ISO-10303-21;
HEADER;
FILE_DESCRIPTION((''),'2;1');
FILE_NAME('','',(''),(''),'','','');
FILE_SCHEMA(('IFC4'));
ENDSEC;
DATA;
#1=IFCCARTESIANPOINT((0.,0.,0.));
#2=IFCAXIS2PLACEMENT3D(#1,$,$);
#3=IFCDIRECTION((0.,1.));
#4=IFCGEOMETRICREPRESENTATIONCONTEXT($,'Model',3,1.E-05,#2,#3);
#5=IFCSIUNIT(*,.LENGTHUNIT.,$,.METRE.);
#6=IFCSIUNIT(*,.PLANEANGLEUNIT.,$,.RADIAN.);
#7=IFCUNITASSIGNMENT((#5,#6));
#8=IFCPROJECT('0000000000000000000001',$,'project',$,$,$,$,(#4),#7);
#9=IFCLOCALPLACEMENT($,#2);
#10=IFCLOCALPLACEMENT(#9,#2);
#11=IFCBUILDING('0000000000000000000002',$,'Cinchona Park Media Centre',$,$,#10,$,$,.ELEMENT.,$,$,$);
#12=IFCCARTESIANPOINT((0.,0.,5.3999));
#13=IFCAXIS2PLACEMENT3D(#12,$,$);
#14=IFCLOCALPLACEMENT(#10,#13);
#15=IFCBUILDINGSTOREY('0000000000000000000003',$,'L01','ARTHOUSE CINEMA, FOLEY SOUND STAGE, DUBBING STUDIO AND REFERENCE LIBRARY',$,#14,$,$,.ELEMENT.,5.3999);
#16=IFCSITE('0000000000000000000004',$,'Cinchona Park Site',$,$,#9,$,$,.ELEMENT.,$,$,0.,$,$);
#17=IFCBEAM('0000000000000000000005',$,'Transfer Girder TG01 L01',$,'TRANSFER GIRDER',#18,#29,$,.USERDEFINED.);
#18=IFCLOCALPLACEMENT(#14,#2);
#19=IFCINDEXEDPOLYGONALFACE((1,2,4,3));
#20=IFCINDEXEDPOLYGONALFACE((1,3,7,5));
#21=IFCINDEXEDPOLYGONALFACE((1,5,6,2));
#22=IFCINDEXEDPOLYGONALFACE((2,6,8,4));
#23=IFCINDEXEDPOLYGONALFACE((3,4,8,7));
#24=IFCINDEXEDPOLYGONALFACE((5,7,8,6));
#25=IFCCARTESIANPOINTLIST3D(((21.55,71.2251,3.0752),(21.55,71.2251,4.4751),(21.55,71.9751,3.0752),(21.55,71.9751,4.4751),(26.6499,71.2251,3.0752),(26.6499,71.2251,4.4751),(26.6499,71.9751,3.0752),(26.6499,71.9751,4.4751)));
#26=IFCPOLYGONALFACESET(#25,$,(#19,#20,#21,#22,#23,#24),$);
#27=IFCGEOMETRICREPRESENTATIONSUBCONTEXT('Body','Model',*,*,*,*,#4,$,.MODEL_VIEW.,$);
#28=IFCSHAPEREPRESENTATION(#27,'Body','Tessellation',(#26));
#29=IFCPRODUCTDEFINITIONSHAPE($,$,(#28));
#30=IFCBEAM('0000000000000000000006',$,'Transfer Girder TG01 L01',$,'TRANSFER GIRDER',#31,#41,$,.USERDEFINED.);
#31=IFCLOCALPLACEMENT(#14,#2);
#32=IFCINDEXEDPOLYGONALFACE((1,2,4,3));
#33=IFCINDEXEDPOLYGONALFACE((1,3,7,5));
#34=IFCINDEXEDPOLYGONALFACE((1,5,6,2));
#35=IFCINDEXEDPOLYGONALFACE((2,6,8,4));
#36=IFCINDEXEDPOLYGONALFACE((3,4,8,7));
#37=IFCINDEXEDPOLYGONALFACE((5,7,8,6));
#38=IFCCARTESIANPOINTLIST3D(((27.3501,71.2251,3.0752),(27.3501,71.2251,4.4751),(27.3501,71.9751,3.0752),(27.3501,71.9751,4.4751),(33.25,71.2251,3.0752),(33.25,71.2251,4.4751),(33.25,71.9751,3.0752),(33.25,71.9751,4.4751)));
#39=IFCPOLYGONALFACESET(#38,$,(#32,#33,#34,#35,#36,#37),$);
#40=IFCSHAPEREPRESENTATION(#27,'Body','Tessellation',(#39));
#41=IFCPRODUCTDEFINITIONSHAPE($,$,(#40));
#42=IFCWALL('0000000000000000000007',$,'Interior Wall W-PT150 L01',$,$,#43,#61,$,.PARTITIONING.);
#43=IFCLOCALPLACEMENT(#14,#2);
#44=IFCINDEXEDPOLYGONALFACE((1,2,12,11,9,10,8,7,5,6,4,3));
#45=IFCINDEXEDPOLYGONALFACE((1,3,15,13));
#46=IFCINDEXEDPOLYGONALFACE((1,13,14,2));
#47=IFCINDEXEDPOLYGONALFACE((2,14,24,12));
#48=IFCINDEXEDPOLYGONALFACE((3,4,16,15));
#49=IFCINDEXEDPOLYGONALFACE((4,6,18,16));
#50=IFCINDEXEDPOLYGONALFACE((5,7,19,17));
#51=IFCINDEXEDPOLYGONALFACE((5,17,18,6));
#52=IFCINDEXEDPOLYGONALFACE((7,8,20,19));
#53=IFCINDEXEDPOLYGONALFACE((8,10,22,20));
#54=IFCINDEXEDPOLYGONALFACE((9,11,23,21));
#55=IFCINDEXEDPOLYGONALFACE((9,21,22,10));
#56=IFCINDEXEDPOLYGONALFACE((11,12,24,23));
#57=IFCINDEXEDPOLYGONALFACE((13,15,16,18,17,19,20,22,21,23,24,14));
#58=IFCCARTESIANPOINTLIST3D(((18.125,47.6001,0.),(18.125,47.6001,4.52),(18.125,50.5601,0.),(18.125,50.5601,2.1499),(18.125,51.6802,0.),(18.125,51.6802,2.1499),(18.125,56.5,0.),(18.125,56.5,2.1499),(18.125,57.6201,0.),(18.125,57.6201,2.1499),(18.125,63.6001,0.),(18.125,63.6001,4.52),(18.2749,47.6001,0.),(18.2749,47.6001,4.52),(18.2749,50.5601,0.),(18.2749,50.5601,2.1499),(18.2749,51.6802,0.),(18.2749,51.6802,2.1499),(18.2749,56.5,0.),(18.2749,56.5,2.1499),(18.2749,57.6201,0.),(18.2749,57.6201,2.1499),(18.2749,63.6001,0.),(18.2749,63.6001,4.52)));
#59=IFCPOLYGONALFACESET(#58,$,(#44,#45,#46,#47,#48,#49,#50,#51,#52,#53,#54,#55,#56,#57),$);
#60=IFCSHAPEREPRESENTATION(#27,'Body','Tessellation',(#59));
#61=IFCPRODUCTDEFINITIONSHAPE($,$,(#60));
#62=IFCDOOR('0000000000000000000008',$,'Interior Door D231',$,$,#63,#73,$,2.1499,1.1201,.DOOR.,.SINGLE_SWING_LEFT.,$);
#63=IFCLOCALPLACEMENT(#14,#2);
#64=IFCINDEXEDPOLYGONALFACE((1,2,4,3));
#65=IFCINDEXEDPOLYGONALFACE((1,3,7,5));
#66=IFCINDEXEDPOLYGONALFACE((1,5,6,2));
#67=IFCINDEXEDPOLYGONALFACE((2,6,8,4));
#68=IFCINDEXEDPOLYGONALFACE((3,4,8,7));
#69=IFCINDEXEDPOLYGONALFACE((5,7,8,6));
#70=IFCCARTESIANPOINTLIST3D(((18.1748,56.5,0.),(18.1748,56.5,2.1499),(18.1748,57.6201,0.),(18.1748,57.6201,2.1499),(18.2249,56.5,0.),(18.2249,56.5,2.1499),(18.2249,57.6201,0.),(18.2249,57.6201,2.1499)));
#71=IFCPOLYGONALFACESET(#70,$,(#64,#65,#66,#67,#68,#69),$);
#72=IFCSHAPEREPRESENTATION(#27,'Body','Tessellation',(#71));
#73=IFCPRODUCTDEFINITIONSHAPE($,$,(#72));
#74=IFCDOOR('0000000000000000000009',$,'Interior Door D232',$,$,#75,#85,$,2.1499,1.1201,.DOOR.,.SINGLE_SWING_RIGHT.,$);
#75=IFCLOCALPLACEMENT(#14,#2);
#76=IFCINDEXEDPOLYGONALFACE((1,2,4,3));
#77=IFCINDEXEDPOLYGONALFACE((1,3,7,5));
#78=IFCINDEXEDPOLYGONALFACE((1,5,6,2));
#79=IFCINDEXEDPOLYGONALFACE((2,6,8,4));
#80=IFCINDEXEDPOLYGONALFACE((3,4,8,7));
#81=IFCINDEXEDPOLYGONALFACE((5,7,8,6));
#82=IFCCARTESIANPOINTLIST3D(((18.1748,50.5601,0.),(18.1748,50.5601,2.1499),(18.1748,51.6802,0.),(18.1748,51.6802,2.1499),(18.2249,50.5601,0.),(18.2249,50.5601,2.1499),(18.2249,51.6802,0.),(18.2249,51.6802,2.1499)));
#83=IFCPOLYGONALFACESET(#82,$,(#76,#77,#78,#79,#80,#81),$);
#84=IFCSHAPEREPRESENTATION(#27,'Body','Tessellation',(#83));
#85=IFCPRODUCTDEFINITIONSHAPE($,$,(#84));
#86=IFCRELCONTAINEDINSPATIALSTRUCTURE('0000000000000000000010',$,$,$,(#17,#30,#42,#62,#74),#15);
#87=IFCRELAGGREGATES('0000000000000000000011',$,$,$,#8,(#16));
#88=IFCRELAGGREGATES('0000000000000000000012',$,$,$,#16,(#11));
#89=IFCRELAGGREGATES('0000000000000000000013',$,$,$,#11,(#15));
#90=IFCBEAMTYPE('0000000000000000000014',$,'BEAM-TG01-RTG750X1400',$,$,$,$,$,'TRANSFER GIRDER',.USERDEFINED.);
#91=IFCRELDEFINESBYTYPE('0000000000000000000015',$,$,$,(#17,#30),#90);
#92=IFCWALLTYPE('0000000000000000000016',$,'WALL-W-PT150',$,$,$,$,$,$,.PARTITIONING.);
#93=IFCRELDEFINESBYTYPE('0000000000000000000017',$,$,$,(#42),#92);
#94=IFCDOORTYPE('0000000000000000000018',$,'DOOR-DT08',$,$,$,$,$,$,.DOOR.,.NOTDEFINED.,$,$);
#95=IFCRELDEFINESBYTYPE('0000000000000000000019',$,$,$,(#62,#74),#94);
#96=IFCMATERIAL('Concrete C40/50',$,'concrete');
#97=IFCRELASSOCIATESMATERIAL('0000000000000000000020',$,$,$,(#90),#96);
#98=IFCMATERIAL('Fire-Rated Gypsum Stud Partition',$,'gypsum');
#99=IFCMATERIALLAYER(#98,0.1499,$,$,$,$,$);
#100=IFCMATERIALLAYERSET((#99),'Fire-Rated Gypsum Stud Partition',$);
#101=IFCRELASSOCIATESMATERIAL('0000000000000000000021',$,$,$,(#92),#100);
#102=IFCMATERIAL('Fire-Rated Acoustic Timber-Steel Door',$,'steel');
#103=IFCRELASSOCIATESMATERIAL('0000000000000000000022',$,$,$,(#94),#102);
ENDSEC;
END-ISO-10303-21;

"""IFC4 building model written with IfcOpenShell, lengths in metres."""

from ifc_helpers import new_model, si_unit, direction, frame, frame_2d, origin, origin_2d, place, context, subcontext, project, spatial, rectangle, extrude, material, layer, layer_set, material_profile, profile_set, type_object, element, fill, save


model = new_model("IFC4")

# Units and contexts
model_context = context("Model", 3, precision=1e-05, world=origin(), true_north=direction((0.0, 1.0)))
body_context = subcontext(model_context, "Body", "Model", "MODEL_VIEW")
ifc_project = project(units=[si_unit("LENGTHUNIT", "METRE"), si_unit("PLANEANGLEUNIT", "RADIAN")], contexts=[model_context])

# Site, building, storey
site_placement = place(None, origin())
site = spatial("IfcSite", under=ifc_project, at=site_placement, Name="Cinchona Park Site", CompositionType="ELEMENT", RefElevation=0.0)
building_placement = place(site_placement, origin())
building = spatial("IfcBuilding", under=site, at=building_placement, Name="Cinchona Park Media Centre", CompositionType="ELEMENT")
storey_placement = place(building_placement, frame((0.0, 0.0, 5.3999)))
storey = spatial("IfcBuildingStorey", under=building, at=storey_placement, Name="L01", Description="ARTHOUSE CINEMA, FOLEY SOUND STAGE, DUBBING STUDIO AND REFERENCE LIBRARY", CompositionType="ELEMENT", Elevation=5.3999)

# Beams
ifc_material_1 = material(Name="Concrete C40/50", Category="concrete")
ifc_material_profile_1 = material_profile(ifc_material_1, rectangle(XDim=0.75, YDim=1.3999, at=origin_2d()), Name="RTG 750X1400")
ifc_profile_set_1 = profile_set([ifc_material_profile_1], Name="Concrete C40/50")
beam_type_1 = type_object("IfcBeamType", Name="BEAM-TG01-RTG750X1400", ElementType="TRANSFER GIRDER", PredefinedType="USERDEFINED", material=ifc_profile_set_1)
beam_1_placement = place(storey_placement, frame((21.55, 71.6001, 3.7751), z_axis=(1.0, 0.0, 0.0), x_axis=(0.0, 1.0, 0.0)))
element("IfcBeam", 1, at=beam_1_placement, inside=storey, type_object=beam_type_1, Name="Transfer Girder TG01 L01", ObjectType="TRANSFER GIRDER", PredefinedType="USERDEFINED", context=body_context, shape_type="SweptSolid", body=[
    extrude(rectangle(XDim=0.75, YDim=1.3999, at=origin_2d()), origin(), (0.0, 0.0, 1.0), 5.0999),
])
beam_2_placement = place(storey_placement, frame((27.3501, 71.6001, 3.7751), z_axis=(1.0, 0.0, 0.0), x_axis=(0.0, 1.0, 0.0)))
element("IfcBeam", 2, at=beam_2_placement, inside=storey, type_object=beam_type_1, Name="Transfer Girder TG01 L01", ObjectType="TRANSFER GIRDER", PredefinedType="USERDEFINED", context=body_context, shape_type="SweptSolid", body=[
    extrude(rectangle(XDim=0.75, YDim=1.3999, at=origin_2d()), origin(), (0.0, 0.0, 1.0), 5.8999),
])

# Wall, openings, doors
ifc_material_2 = material(Name="Fire-Rated Gypsum Stud Partition", Category="gypsum")
ifc_layer = layer(ifc_material_2, 0.1499)
ifc_layer_set = layer_set([ifc_layer], Name="Fire-Rated Gypsum Stud Partition")
wall_type = type_object("IfcWallType", Name="WALL-W-PT150", PredefinedType="PARTITIONING", material=ifc_layer_set)
wall_placement = place(storey_placement, frame((18.2, 63.6001, 0.0), z_axis=(0.0, 0.0, 1.0), x_axis=(0.0, -1.0, 0.0)))
wall = element("IfcWall", 3, at=wall_placement, inside=storey, type_object=wall_type, Name="Interior Wall W-PT150 L01", PredefinedType="PARTITIONING", context=body_context, shape_type="SweptSolid", body=[
    extrude(rectangle(XDim=16.0, YDim=0.1499, at=frame_2d((8.0, 0.0))), origin(), (0.0, 0.0, 1.0), 4.52),
])
opening_1_placement = place(wall_placement, frame((5.98, 0.0, 0.0)))
opening_1 = element("IfcOpeningElement", 4, at=opening_1_placement, cuts=wall, PredefinedType="OPENING", context=body_context, shape_type="SweptSolid", body=[
    extrude(rectangle(XDim=1.1201, YDim=2.1499, at=frame_2d((0.5601, 1.075))), frame((0.0, 0.085, 0.0), z_axis=(0.0, -1.0, 0.0), x_axis=(1.0, 0.0, 0.0)), (0.0, 0.0, 1.0), 0.1699),
])
opening_2_placement = place(wall_placement, frame((11.9199, 0.0, 0.0)))
opening_2 = element("IfcOpeningElement", 5, at=opening_2_placement, cuts=wall, PredefinedType="OPENING", context=body_context, shape_type="SweptSolid", body=[
    extrude(rectangle(XDim=1.1201, YDim=2.1499, at=frame_2d((0.5601, 1.075))), frame((0.0, 0.085, 0.0), z_axis=(0.0, -1.0, 0.0), x_axis=(1.0, 0.0, 0.0)), (0.0, 0.0, 1.0), 0.1699),
])
ifc_material_3 = material(Name="Fire-Rated Acoustic Timber-Steel Door", Category="steel")
door_type = type_object("IfcDoorType", Name="DOOR-DT08", OperationType="NOTDEFINED", PredefinedType="DOOR", material=ifc_material_3)
door_1_placement = place(opening_1_placement, origin())
door_1 = element("IfcDoor", 6, at=door_1_placement, inside=storey, type_object=door_type, Name="Interior Door D231", OperationType="SINGLE_SWING_LEFT", OverallHeight=2.1499, OverallWidth=1.1201, PredefinedType="DOOR", context=body_context, shape_type="SweptSolid", body=[
    extrude(rectangle(XDim=1.1201, YDim=2.1499, at=frame_2d((0.5601, 1.075))), frame((0.0, 0.0249, 0.0), z_axis=(0.0, -1.0, 0.0), x_axis=(1.0, 0.0, 0.0)), (0.0, 0.0, 1.0), 0.05),
])
fill(opening_1, door_1)
door_2_placement = place(opening_2_placement, origin())
door_2 = element("IfcDoor", 7, at=door_2_placement, inside=storey, type_object=door_type, Name="Interior Door D232", OperationType="SINGLE_SWING_RIGHT", OverallHeight=2.1499, OverallWidth=1.1201, PredefinedType="DOOR", context=body_context, shape_type="SweptSolid", body=[
    extrude(rectangle(XDim=1.1201, YDim=2.1499, at=frame_2d((0.5601, 1.075))), frame((0.0, 0.0249, 0.0), z_axis=(0.0, -1.0, 0.0), x_axis=(1.0, 0.0, 0.0)), (0.0, 0.0, 1.0), 0.05),
])
fill(opening_2, door_2)

save(model, "model.ifc")
